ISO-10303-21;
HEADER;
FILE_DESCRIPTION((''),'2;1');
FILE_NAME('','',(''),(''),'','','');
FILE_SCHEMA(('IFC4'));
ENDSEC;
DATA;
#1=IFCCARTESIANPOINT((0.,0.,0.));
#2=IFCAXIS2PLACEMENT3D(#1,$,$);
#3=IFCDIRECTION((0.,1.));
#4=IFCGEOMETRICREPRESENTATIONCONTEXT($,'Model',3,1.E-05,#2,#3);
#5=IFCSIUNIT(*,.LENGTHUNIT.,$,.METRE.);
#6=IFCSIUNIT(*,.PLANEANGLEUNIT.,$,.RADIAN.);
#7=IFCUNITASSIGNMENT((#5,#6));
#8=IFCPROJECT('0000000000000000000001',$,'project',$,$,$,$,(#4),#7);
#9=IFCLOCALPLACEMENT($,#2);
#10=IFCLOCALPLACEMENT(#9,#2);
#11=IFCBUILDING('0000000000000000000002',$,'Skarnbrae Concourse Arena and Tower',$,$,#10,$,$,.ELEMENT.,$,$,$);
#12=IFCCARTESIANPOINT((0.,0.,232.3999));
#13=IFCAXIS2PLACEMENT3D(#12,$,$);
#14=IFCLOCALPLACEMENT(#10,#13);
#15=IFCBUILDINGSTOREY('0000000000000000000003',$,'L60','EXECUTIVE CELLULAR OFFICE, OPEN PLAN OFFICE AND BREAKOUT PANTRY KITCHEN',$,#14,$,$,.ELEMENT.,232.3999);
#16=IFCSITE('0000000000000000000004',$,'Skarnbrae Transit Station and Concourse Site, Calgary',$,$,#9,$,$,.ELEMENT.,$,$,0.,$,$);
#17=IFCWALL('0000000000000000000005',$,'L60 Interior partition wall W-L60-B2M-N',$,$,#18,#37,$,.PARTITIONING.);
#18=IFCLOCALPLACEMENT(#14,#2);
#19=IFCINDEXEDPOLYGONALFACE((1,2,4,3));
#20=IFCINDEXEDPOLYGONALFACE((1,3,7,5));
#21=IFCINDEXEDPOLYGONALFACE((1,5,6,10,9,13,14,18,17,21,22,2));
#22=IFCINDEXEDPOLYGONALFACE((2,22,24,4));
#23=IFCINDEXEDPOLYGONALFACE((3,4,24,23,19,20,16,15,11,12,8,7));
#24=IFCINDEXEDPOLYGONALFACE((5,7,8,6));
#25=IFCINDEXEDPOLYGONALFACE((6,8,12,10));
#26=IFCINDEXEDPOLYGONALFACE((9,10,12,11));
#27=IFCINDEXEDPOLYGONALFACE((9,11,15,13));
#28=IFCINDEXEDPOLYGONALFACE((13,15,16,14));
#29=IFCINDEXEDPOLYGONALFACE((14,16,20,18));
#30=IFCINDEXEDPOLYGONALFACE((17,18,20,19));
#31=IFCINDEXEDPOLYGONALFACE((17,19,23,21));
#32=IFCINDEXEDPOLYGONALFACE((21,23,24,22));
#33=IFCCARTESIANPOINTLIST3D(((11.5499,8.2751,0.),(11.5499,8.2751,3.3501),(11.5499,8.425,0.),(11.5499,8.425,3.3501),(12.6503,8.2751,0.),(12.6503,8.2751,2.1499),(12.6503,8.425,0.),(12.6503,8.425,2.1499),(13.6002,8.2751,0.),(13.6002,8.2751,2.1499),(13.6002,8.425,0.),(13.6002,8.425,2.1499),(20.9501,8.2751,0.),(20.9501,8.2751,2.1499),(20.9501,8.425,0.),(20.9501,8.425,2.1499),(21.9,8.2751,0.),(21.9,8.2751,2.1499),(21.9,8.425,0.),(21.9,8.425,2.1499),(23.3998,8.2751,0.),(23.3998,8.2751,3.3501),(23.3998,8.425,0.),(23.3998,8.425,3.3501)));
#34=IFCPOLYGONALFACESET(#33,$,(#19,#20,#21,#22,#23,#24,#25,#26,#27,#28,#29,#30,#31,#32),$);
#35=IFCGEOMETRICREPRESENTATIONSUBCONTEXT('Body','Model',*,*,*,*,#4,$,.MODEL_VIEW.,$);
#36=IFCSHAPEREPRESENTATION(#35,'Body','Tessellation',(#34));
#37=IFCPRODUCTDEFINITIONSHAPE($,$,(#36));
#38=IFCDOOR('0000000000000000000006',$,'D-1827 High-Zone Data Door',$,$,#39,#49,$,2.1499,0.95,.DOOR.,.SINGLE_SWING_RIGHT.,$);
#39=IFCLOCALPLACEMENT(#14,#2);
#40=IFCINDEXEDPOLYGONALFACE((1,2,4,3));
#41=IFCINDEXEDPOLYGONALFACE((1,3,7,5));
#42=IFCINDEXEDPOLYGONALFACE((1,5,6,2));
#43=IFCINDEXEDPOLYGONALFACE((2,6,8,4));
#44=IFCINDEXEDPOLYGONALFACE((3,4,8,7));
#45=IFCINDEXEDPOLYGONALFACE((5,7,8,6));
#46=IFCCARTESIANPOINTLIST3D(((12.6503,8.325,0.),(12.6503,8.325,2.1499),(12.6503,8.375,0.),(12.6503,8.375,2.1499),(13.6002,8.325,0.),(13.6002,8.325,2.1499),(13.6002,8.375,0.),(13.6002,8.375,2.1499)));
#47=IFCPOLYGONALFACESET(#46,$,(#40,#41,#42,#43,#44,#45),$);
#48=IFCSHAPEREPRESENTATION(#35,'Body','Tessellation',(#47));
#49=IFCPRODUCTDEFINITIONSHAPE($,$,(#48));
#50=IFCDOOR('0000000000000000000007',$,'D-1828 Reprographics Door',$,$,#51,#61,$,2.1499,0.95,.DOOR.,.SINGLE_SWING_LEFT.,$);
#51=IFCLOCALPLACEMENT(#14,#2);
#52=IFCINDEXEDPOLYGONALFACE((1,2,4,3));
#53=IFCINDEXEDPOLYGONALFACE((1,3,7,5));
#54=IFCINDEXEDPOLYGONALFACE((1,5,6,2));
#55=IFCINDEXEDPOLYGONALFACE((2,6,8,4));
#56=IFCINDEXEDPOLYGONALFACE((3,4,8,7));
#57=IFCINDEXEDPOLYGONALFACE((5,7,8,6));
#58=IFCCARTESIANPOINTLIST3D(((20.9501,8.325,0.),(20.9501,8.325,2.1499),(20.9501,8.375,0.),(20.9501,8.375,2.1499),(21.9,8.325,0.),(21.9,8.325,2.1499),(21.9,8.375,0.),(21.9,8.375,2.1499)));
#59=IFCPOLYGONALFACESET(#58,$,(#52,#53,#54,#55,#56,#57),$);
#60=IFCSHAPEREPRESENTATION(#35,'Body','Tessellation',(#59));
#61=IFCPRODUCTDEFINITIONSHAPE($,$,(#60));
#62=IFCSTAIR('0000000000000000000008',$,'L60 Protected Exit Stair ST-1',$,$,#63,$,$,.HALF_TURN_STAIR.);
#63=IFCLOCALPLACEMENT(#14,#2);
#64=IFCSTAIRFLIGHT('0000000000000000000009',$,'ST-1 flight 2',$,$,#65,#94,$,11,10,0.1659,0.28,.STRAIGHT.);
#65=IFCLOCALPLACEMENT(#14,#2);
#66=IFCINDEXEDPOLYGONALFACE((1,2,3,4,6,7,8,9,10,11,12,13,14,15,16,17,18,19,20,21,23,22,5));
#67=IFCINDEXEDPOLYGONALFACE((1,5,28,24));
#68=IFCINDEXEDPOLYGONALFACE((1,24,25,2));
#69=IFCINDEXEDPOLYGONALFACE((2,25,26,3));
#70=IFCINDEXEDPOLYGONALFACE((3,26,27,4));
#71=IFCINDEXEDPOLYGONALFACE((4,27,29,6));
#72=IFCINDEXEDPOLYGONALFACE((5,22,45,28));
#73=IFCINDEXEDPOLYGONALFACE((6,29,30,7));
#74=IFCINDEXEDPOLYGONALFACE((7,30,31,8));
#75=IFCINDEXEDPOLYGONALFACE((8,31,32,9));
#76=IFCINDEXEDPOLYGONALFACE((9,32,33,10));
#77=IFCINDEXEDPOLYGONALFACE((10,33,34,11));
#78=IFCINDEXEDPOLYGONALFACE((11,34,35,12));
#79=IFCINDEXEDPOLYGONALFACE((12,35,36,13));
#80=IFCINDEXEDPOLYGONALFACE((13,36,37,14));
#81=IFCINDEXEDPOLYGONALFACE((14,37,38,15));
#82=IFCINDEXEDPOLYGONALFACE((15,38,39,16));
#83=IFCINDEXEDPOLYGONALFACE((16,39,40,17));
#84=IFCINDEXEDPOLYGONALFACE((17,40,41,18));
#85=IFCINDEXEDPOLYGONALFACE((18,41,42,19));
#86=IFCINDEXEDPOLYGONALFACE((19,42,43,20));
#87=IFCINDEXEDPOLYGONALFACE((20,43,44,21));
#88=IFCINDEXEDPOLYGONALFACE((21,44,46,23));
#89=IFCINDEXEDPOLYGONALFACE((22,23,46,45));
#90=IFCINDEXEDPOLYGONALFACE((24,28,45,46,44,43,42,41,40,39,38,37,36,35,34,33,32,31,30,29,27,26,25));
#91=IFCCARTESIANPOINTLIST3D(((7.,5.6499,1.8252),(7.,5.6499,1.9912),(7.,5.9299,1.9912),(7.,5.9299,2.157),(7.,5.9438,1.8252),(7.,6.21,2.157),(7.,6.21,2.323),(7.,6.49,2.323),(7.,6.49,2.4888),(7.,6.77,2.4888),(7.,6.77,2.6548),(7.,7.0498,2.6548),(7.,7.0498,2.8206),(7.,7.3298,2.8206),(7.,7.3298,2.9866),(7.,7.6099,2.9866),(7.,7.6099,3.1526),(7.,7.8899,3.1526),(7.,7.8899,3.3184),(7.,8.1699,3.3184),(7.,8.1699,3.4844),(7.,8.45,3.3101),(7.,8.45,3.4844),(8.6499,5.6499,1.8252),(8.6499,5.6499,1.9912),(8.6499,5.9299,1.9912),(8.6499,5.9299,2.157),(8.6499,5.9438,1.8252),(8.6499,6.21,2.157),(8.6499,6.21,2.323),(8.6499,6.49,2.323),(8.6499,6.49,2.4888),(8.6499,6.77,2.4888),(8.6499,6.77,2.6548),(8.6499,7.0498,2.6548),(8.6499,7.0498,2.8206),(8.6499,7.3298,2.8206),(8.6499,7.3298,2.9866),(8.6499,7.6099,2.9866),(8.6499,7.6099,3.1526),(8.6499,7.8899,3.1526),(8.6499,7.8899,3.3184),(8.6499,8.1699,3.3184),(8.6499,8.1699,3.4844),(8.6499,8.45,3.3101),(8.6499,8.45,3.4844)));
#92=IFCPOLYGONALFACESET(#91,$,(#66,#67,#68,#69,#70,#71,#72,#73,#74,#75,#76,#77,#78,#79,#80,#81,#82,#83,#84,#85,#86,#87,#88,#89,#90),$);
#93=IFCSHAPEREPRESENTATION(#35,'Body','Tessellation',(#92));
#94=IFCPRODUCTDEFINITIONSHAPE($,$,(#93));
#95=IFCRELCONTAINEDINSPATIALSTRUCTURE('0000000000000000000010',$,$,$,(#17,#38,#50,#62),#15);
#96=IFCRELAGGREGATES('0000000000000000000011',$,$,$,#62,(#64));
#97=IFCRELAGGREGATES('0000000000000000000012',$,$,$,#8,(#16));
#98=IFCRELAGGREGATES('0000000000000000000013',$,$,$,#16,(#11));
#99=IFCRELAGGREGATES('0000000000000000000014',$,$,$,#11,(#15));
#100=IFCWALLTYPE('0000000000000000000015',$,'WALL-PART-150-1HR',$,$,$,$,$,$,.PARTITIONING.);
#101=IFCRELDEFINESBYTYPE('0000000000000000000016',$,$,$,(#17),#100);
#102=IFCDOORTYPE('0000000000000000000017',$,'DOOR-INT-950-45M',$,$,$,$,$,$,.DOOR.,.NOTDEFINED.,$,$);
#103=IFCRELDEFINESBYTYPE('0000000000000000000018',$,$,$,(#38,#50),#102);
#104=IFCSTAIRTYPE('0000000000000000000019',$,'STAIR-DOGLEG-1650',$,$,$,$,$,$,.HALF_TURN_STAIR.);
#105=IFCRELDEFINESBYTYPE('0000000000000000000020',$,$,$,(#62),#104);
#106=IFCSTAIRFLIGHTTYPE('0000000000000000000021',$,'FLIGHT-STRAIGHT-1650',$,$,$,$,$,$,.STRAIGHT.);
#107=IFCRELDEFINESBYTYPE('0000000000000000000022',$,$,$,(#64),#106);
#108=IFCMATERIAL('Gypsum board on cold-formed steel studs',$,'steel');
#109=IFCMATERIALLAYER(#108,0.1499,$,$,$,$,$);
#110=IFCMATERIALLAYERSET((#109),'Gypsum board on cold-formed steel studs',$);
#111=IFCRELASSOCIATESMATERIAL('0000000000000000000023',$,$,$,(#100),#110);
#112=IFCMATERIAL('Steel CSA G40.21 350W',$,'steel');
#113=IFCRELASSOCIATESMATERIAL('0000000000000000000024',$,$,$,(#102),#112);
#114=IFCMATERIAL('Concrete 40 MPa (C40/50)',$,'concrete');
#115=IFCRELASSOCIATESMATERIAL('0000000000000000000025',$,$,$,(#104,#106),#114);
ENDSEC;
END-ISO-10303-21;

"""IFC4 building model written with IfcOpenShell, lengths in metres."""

from ifc_helpers import new_model, si_unit, direction, frame, frame_2d, origin, place, context, subcontext, project, spatial, polyline, rectangle, outline, extrude, source, transform, mapped, material, layer, layer_set, type_object, element, fill, aggregate, save


model = new_model("IFC4")

# Units and contexts
model_context = context("Model", 3, precision=1e-05, world=origin(), true_north=direction((0.0, 1.0)))
body_context = subcontext(model_context, "Body", "Model", "MODEL_VIEW")
ifc_project = project(units=[si_unit("LENGTHUNIT", "METRE"), si_unit("PLANEANGLEUNIT", "RADIAN")], contexts=[model_context])

# Site, building, storey
site_placement = place(None, origin())
site = spatial("IfcSite", under=ifc_project, at=site_placement, Name="Skarnbrae Transit Station and Concourse Site, Calgary", CompositionType="ELEMENT", RefElevation=0.0)
building_placement = place(site_placement, origin())
building = spatial("IfcBuilding", under=site, at=building_placement, Name="Skarnbrae Concourse Arena and Tower", CompositionType="ELEMENT")
storey_placement = place(building_placement, frame((0.0, 0.0, 232.3999)))
storey = spatial("IfcBuildingStorey", under=building, at=storey_placement, Name="L60", Description="EXECUTIVE CELLULAR OFFICE, OPEN PLAN OFFICE AND BREAKOUT PANTRY KITCHEN", CompositionType="ELEMENT", Elevation=232.3999)

# Shared definitions
ifc_material_1 = material(Name="Gypsum board on cold-formed steel studs", Category="steel")

# Shared definitions
ifc_material_2 = material(Name="Steel CSA G40.21 350W", Category="steel")

# Shared definitions
ifc_layer_1 = layer(ifc_material_1, 0.1499)
ifc_layer_set_1 = layer_set([ifc_layer_1], Name="Gypsum board on cold-formed steel studs")
wall_type_1 = type_object("IfcWallType", Name="WALL-PART-150-1HR", PredefinedType="PARTITIONING", material=ifc_layer_set_1)

# Shared definitions
door_type_1 = type_object("IfcDoorType", Name="DOOR-INT-950-45M", OperationType="NOTDEFINED", PredefinedType="DOOR", material=ifc_material_2)
shared_shape_1 = source(origin(), body_context, "Body", "SweptSolid", [
    extrude(rectangle(XDim=0.95, YDim=2.1499, at=frame_2d((0.4751, 1.075))), frame((0.0, 0.0249, 0.0), z_axis=(0.0, -1.0, 0.0), x_axis=(1.0, 0.0, 0.0)), (0.0, 0.0, 1.0), 0.05),
])

# Shared definitions
shared_shape_2 = source(origin(), body_context, "Body", "SweptSolid", [
    extrude(rectangle(XDim=11.8499, YDim=0.1499, at=frame_2d((5.9248, 0.0))), origin(), (0.0, 0.0, 1.0), 3.3501),
])

# Wall, openings, doors
wall_1_placement = place(storey_placement, frame((11.55, 8.3501, 0.0), z_axis=(0.0, 0.0, 1.0), x_axis=(1.0, 0.0, 0.0)))
wall_1 = element("IfcWall", 1, at=wall_1_placement, inside=storey, type_object=wall_type_1, Name="L60 Interior partition wall W-L60-B2M-N", PredefinedType="PARTITIONING", context=body_context, shape_type="MappedRepresentation", body=[
    mapped(shared_shape_2, transform((0.0, 0.0, 0.0))),
])
opening_1_placement = place(wall_1_placement, frame((1.1001, 0.0, 0.0)))
opening_1 = element("IfcOpeningElement", 2, at=opening_1_placement, cuts=wall_1, PredefinedType="OPENING", context=body_context, shape_type="SweptSolid", body=[
    extrude(rectangle(XDim=0.95, YDim=2.1499, at=frame_2d((0.4751, 1.075))), frame((0.0, 0.085, 0.0), z_axis=(0.0, -1.0, 0.0), x_axis=(1.0, 0.0, 0.0)), (0.0, 0.0, 1.0), 0.1699),
])
opening_2_placement = place(wall_1_placement, frame((9.3999, 0.0, 0.0)))
opening_2 = element("IfcOpeningElement", 3, at=opening_2_placement, cuts=wall_1, PredefinedType="OPENING", context=body_context, shape_type="SweptSolid", body=[
    extrude(rectangle(XDim=0.95, YDim=2.1499, at=frame_2d((0.4751, 1.075))), frame((0.0, 0.085, 0.0), z_axis=(0.0, -1.0, 0.0), x_axis=(1.0, 0.0, 0.0)), (0.0, 0.0, 1.0), 0.1699),
])
door_1_placement = place(opening_1_placement, origin())
door_1 = element("IfcDoor", 4, at=door_1_placement, inside=storey, type_object=door_type_1, Name="D-1827 High-Zone Data Door", OperationType="SINGLE_SWING_RIGHT", OverallHeight=2.1499, OverallWidth=0.95, PredefinedType="DOOR", context=body_context, shape_type="MappedRepresentation", body=[
    mapped(shared_shape_1, transform((0.0, 0.0, 0.0))),
])
fill(opening_1, door_1)
door_2_placement = place(opening_2_placement, origin())
door_2 = element("IfcDoor", 5, at=door_2_placement, inside=storey, type_object=door_type_1, Name="D-1828 Reprographics Door", OperationType="SINGLE_SWING_LEFT", OverallHeight=2.1499, OverallWidth=0.95, PredefinedType="DOOR", context=body_context, shape_type="MappedRepresentation", body=[
    mapped(shared_shape_1, transform((0.0, 0.0, 0.0))),
])
fill(opening_2, door_2)

# Stair, stair flight
ifc_material_3 = material(Name="Concrete 40 MPa (C40/50)", Category="concrete")
stair_type = type_object("IfcStairType", Name="STAIR-DOGLEG-1650", PredefinedType="HALF_TURN_STAIR", material=ifc_material_3)
stair_placement = place(storey_placement, origin())
stair = element("IfcStair", 6, at=stair_placement, inside=storey, type_object=stair_type, Name="L60 Protected Exit Stair ST-1", PredefinedType="HALF_TURN_STAIR")
stair_flight_type = type_object("IfcStairFlightType", Name="FLIGHT-STRAIGHT-1650", PredefinedType="STRAIGHT", material=ifc_material_3)
shared_shape_3 = source(origin(), body_context, "Body", "SweptSolid", [
    extrude(outline(polyline([(0.0, 0.0), (0.0, 0.166), (0.28, 0.166), (0.28, 0.3318), (0.5601, 0.3318), (0.5601, 0.4978), (0.8401, 0.4978), (0.8401, 0.6636), (1.1201, 0.6636), (1.1201, 0.8296), (1.3999, 0.8296), (1.3999, 0.9954), (1.6799, 0.9954), (1.6799, 1.1614), (1.96, 1.1614), (1.96, 1.3274), (2.24, 1.3274), (2.24, 1.4932), (2.52, 1.4932), (2.52, 1.6592), (2.8, 1.6592), (2.8, 1.825), (2.8, 1.4849), (0.2939, 0.0), (0.0, 0.0)])), frame((0.0, 0.825, 0.0), z_axis=(0.0, -1.0, 0.0), x_axis=(1.0, 0.0, 0.0)), (0.0, 0.0, 1.0), 1.6499),
])
stair_flight_placement = place(storey_placement, frame((7.825, 5.6499, 1.8252), z_axis=(0.0, 0.0, 1.0), x_axis=(0.0, 1.0, 0.0)))
stair_flight = element("IfcStairFlight", 7, at=stair_flight_placement, type_object=stair_flight_type, Name="ST-1 flight 2", NumberOfRisers=11, NumberOfTreads=10, PredefinedType="STRAIGHT", RiserHeight=0.1659, TreadLength=0.28, context=body_context, shape_type="MappedRepresentation", body=[
    mapped(shared_shape_3, transform((0.0, 0.0, 0.0))),
])
aggregate(stair, [stair_flight])

save(model, "model.ifc")
